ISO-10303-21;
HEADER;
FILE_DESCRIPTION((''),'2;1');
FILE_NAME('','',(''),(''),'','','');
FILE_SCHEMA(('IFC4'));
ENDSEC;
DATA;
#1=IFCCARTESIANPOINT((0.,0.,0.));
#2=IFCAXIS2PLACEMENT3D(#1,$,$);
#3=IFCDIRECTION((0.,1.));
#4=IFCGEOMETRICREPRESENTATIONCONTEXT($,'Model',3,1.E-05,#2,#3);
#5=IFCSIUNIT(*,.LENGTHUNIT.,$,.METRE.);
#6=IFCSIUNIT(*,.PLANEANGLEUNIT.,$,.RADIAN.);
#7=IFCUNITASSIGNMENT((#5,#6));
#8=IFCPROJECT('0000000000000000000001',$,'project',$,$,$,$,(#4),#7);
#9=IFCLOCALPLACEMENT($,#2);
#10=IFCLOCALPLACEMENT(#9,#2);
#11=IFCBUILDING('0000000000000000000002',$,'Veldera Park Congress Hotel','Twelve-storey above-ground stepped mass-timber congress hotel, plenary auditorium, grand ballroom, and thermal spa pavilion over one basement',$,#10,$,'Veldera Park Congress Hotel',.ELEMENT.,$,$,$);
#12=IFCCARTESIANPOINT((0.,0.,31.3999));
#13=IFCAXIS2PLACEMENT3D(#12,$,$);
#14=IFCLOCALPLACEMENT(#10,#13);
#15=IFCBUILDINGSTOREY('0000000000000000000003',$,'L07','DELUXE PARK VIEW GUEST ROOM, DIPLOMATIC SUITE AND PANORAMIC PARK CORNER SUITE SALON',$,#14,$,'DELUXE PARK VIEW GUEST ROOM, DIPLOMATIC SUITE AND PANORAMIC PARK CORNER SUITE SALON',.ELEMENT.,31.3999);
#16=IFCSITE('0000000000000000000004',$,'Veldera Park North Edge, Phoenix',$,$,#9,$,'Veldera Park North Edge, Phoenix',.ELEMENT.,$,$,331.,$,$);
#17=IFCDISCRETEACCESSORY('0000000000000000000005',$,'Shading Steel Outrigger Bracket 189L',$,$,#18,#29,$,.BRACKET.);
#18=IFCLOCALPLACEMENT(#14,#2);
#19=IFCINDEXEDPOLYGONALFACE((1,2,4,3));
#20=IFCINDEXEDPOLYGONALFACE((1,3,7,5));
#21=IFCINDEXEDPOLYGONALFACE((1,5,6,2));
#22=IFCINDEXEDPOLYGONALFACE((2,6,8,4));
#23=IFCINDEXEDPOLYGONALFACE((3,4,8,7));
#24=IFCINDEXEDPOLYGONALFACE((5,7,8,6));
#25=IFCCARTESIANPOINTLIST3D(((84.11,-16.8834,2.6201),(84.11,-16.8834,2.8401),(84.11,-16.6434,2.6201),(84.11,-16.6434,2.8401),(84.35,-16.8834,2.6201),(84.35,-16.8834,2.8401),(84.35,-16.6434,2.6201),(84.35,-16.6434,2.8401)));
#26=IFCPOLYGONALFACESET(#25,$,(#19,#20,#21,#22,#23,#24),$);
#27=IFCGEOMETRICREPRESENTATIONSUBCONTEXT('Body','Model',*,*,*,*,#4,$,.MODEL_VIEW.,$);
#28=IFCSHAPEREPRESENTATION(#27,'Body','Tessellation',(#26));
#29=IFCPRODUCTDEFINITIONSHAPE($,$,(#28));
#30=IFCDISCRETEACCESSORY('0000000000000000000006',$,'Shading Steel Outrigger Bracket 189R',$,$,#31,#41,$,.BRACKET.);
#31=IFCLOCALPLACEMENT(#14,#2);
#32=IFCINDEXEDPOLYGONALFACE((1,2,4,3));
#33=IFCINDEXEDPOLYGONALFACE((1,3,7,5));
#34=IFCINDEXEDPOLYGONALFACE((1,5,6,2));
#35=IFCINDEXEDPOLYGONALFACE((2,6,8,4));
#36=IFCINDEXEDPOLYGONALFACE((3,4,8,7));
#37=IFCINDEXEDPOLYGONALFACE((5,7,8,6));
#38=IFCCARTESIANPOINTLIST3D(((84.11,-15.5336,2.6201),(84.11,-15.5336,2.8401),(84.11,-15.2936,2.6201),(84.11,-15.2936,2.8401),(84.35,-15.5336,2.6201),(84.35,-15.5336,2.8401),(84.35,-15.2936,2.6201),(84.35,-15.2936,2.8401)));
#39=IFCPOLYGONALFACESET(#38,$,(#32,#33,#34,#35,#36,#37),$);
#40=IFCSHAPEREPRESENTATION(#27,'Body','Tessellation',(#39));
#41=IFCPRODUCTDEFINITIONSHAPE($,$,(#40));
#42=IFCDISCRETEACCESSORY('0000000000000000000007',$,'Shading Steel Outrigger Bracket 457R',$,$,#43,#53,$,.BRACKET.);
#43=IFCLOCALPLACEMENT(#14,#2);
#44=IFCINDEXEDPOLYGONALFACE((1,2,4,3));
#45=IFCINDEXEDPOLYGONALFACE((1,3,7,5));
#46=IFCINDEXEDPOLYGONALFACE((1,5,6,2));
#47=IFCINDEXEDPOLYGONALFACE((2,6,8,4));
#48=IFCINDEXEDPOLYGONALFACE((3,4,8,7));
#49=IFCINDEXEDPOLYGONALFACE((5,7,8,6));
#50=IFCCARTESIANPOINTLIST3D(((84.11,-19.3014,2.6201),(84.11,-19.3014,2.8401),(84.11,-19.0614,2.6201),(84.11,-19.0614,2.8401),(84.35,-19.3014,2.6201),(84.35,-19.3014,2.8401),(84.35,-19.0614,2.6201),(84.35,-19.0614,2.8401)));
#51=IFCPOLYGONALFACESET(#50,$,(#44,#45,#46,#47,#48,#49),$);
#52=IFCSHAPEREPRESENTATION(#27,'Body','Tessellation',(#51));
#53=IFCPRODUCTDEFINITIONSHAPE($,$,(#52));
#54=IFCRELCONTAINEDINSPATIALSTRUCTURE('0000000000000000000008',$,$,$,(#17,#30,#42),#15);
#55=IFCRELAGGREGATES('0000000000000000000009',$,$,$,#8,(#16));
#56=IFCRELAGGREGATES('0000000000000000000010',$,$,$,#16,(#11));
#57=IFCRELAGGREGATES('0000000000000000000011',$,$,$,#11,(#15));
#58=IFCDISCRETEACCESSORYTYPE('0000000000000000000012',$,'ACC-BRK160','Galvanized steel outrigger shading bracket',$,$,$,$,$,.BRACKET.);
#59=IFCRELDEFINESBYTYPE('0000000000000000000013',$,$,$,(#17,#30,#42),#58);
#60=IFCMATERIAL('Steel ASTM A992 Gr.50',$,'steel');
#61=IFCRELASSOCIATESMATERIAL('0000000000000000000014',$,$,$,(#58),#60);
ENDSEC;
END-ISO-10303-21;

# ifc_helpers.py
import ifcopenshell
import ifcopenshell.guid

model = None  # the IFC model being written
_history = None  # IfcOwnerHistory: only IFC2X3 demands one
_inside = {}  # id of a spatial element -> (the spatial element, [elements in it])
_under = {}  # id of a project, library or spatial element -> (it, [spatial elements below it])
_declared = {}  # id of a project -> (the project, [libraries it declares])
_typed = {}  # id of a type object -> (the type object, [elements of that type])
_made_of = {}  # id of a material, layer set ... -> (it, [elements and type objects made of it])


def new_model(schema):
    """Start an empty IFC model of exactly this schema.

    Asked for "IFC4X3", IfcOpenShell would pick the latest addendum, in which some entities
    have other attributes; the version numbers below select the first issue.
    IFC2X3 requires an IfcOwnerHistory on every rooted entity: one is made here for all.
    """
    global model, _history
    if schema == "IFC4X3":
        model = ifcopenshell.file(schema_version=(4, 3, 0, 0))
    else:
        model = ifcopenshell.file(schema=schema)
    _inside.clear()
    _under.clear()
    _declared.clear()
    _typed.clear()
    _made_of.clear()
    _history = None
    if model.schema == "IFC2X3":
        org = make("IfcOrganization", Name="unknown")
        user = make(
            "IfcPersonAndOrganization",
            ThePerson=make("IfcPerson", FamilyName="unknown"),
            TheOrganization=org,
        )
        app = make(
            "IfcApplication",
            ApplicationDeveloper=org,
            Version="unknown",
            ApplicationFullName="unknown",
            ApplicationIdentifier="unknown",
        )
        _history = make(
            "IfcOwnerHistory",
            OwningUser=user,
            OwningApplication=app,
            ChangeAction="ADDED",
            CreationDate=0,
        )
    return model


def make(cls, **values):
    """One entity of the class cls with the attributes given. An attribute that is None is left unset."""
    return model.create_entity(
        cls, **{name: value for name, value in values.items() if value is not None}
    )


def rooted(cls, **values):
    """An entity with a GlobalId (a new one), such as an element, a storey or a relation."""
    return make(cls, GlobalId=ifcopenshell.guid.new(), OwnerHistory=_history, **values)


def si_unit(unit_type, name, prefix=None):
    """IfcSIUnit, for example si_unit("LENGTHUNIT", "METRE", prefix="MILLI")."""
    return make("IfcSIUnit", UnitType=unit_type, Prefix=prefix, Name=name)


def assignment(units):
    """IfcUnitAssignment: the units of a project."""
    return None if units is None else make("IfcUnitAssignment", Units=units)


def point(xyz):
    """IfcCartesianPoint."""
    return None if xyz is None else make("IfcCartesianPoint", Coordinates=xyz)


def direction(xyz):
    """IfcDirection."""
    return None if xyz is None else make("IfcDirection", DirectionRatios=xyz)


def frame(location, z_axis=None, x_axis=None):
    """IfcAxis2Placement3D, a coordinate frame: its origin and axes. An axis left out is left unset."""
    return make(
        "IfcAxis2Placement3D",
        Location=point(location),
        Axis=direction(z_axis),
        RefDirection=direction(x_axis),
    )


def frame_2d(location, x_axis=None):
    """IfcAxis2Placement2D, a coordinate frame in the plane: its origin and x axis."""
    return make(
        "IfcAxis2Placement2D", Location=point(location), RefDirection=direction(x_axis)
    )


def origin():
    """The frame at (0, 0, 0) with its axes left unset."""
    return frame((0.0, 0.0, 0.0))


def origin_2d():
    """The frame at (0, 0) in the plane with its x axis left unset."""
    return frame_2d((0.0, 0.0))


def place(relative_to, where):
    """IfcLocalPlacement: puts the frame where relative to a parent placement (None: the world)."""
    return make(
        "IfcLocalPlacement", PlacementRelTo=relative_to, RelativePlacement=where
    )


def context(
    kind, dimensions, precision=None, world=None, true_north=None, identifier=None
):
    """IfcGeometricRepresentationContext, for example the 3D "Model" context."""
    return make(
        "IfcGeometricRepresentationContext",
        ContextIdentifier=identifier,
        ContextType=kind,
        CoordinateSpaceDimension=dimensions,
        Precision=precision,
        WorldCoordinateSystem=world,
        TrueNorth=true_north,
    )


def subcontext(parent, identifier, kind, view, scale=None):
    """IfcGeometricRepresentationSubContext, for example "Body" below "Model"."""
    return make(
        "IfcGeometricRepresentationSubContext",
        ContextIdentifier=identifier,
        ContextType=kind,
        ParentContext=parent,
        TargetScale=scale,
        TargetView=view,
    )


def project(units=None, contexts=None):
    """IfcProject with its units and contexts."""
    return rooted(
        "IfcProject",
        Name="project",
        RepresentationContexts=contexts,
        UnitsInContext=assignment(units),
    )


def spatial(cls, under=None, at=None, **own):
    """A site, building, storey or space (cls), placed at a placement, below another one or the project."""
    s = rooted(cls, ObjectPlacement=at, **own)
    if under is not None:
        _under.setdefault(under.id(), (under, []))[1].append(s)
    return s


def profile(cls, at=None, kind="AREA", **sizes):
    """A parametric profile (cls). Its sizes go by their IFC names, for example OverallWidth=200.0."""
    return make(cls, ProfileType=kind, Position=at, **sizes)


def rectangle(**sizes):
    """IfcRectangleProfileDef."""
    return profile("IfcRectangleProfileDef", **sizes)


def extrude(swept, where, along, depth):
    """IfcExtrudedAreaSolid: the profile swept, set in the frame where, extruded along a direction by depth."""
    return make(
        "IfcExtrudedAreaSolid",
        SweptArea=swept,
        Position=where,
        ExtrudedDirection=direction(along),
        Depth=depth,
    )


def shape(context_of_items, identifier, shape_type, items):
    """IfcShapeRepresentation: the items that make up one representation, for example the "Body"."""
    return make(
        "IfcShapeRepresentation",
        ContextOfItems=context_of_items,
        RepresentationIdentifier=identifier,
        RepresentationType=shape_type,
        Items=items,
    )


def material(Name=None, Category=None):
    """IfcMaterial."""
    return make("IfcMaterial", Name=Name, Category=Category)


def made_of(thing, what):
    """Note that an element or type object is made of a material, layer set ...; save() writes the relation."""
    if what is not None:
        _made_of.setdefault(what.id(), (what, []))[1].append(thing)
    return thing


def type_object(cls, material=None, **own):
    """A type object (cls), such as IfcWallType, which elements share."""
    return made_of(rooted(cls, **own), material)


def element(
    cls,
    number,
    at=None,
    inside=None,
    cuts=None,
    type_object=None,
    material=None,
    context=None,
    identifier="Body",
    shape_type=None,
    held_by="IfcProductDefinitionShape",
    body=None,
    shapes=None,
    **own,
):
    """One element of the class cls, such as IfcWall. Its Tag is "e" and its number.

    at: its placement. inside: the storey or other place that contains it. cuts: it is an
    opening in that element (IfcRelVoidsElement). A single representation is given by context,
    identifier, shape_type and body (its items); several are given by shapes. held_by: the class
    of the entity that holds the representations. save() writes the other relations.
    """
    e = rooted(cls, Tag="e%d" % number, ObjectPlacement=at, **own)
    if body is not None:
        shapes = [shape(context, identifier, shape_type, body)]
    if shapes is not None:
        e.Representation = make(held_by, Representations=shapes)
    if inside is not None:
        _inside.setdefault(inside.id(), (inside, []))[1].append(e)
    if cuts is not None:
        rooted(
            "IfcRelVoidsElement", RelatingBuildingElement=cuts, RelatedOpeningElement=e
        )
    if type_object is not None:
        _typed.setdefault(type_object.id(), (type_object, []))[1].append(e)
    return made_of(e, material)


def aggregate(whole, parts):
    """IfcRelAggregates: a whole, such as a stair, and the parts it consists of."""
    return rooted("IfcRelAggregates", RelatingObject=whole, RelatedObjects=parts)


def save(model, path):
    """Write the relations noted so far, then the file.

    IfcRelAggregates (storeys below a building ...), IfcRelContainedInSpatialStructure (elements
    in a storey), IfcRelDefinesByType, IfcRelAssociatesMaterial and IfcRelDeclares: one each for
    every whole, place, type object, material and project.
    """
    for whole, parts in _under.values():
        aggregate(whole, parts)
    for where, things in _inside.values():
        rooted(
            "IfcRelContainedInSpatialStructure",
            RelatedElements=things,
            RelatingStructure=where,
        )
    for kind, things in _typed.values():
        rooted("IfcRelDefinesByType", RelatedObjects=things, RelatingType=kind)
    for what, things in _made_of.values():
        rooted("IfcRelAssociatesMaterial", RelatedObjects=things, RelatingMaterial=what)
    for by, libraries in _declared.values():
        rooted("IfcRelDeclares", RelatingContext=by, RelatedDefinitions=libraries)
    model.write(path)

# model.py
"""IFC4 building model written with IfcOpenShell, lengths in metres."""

from ifc_helpers import new_model, si_unit, direction, frame, origin, origin_2d, place, context, subcontext, project, spatial, rectangle, extrude, material, type_object, element, save


model = new_model("IFC4")

# Units and contexts
model_context = context("Model", 3, precision=1e-05, world=origin(), true_north=direction((0.0, 1.0)))
body_context = subcontext(model_context, "Body", "Model", "MODEL_VIEW")
ifc_project = project(units=[si_unit("LENGTHUNIT", "METRE"), si_unit("PLANEANGLEUNIT", "RADIAN")], contexts=[model_context])

# Site, building, storey
site_placement = place(None, origin())
site = spatial("IfcSite", under=ifc_project, at=site_placement, Name="Veldera Park North Edge, Phoenix", LongName="Veldera Park North Edge, Phoenix", CompositionType="ELEMENT", RefElevation=331.0)
building_placement = place(site_placement, origin())
building = spatial("IfcBuilding", under=site, at=building_placement, Name="Veldera Park Congress Hotel", Description="Twelve-storey above-ground stepped mass-timber congress hotel, plenary auditorium, grand ballroom, and thermal spa pavilion over one basement", LongName="Veldera Park Congress Hotel", CompositionType="ELEMENT")
storey_placement = place(building_placement, frame((0.0, 0.0, 31.3999)))
storey = spatial("IfcBuildingStorey", under=building, at=storey_placement, Name="L07", Description="DELUXE PARK VIEW GUEST ROOM, DIPLOMATIC SUITE AND PANORAMIC PARK CORNER SUITE SALON", LongName="DELUXE PARK VIEW GUEST ROOM, DIPLOMATIC SUITE AND PANORAMIC PARK CORNER SUITE SALON", CompositionType="ELEMENT", Elevation=31.3999)

# Shared definitions
ifc_material_1 = material(Name="Steel ASTM A992 Gr.50", Category="steel")

# Discrete accessories
discrete_accessory_type = type_object("IfcDiscreteAccessoryType", Name="ACC-BRK160", Description="Galvanized steel outrigger shading bracket", PredefinedType="BRACKET", material=ifc_material_1)
for number, where, z_axis, x_axis, name in (
    (1, (84.23, -16.7634, 2.6201), (0.0, 0.0, 1.0), (0.0, 1.0, 0.0), "Shading Steel Outrigger Bracket 189L"),
    (2, (84.23, -15.4136, 2.6201), (0.0, 0.0, 1.0), (0.0, 1.0, 0.0), "Shading Steel Outrigger Bracket 189R"),
    (3, (84.23, -19.1814, 2.6201), (0.0, 0.0, 1.0), (0.0, 1.0, 0.0), "Shading Steel Outrigger Bracket 457R"),
):
    element("IfcDiscreteAccessory", number, at=place(storey_placement, frame(where, z_axis=z_axis, x_axis=x_axis)), inside=storey, type_object=discrete_accessory_type, Name=name, PredefinedType="BRACKET", context=body_context, shape_type="SweptSolid", body=[
        extrude(rectangle(XDim=0.24, YDim=0.24, at=origin_2d()), origin(), (0.0, 0.0, 1.0), 0.22),
    ])

save(model, "model.ifc")
